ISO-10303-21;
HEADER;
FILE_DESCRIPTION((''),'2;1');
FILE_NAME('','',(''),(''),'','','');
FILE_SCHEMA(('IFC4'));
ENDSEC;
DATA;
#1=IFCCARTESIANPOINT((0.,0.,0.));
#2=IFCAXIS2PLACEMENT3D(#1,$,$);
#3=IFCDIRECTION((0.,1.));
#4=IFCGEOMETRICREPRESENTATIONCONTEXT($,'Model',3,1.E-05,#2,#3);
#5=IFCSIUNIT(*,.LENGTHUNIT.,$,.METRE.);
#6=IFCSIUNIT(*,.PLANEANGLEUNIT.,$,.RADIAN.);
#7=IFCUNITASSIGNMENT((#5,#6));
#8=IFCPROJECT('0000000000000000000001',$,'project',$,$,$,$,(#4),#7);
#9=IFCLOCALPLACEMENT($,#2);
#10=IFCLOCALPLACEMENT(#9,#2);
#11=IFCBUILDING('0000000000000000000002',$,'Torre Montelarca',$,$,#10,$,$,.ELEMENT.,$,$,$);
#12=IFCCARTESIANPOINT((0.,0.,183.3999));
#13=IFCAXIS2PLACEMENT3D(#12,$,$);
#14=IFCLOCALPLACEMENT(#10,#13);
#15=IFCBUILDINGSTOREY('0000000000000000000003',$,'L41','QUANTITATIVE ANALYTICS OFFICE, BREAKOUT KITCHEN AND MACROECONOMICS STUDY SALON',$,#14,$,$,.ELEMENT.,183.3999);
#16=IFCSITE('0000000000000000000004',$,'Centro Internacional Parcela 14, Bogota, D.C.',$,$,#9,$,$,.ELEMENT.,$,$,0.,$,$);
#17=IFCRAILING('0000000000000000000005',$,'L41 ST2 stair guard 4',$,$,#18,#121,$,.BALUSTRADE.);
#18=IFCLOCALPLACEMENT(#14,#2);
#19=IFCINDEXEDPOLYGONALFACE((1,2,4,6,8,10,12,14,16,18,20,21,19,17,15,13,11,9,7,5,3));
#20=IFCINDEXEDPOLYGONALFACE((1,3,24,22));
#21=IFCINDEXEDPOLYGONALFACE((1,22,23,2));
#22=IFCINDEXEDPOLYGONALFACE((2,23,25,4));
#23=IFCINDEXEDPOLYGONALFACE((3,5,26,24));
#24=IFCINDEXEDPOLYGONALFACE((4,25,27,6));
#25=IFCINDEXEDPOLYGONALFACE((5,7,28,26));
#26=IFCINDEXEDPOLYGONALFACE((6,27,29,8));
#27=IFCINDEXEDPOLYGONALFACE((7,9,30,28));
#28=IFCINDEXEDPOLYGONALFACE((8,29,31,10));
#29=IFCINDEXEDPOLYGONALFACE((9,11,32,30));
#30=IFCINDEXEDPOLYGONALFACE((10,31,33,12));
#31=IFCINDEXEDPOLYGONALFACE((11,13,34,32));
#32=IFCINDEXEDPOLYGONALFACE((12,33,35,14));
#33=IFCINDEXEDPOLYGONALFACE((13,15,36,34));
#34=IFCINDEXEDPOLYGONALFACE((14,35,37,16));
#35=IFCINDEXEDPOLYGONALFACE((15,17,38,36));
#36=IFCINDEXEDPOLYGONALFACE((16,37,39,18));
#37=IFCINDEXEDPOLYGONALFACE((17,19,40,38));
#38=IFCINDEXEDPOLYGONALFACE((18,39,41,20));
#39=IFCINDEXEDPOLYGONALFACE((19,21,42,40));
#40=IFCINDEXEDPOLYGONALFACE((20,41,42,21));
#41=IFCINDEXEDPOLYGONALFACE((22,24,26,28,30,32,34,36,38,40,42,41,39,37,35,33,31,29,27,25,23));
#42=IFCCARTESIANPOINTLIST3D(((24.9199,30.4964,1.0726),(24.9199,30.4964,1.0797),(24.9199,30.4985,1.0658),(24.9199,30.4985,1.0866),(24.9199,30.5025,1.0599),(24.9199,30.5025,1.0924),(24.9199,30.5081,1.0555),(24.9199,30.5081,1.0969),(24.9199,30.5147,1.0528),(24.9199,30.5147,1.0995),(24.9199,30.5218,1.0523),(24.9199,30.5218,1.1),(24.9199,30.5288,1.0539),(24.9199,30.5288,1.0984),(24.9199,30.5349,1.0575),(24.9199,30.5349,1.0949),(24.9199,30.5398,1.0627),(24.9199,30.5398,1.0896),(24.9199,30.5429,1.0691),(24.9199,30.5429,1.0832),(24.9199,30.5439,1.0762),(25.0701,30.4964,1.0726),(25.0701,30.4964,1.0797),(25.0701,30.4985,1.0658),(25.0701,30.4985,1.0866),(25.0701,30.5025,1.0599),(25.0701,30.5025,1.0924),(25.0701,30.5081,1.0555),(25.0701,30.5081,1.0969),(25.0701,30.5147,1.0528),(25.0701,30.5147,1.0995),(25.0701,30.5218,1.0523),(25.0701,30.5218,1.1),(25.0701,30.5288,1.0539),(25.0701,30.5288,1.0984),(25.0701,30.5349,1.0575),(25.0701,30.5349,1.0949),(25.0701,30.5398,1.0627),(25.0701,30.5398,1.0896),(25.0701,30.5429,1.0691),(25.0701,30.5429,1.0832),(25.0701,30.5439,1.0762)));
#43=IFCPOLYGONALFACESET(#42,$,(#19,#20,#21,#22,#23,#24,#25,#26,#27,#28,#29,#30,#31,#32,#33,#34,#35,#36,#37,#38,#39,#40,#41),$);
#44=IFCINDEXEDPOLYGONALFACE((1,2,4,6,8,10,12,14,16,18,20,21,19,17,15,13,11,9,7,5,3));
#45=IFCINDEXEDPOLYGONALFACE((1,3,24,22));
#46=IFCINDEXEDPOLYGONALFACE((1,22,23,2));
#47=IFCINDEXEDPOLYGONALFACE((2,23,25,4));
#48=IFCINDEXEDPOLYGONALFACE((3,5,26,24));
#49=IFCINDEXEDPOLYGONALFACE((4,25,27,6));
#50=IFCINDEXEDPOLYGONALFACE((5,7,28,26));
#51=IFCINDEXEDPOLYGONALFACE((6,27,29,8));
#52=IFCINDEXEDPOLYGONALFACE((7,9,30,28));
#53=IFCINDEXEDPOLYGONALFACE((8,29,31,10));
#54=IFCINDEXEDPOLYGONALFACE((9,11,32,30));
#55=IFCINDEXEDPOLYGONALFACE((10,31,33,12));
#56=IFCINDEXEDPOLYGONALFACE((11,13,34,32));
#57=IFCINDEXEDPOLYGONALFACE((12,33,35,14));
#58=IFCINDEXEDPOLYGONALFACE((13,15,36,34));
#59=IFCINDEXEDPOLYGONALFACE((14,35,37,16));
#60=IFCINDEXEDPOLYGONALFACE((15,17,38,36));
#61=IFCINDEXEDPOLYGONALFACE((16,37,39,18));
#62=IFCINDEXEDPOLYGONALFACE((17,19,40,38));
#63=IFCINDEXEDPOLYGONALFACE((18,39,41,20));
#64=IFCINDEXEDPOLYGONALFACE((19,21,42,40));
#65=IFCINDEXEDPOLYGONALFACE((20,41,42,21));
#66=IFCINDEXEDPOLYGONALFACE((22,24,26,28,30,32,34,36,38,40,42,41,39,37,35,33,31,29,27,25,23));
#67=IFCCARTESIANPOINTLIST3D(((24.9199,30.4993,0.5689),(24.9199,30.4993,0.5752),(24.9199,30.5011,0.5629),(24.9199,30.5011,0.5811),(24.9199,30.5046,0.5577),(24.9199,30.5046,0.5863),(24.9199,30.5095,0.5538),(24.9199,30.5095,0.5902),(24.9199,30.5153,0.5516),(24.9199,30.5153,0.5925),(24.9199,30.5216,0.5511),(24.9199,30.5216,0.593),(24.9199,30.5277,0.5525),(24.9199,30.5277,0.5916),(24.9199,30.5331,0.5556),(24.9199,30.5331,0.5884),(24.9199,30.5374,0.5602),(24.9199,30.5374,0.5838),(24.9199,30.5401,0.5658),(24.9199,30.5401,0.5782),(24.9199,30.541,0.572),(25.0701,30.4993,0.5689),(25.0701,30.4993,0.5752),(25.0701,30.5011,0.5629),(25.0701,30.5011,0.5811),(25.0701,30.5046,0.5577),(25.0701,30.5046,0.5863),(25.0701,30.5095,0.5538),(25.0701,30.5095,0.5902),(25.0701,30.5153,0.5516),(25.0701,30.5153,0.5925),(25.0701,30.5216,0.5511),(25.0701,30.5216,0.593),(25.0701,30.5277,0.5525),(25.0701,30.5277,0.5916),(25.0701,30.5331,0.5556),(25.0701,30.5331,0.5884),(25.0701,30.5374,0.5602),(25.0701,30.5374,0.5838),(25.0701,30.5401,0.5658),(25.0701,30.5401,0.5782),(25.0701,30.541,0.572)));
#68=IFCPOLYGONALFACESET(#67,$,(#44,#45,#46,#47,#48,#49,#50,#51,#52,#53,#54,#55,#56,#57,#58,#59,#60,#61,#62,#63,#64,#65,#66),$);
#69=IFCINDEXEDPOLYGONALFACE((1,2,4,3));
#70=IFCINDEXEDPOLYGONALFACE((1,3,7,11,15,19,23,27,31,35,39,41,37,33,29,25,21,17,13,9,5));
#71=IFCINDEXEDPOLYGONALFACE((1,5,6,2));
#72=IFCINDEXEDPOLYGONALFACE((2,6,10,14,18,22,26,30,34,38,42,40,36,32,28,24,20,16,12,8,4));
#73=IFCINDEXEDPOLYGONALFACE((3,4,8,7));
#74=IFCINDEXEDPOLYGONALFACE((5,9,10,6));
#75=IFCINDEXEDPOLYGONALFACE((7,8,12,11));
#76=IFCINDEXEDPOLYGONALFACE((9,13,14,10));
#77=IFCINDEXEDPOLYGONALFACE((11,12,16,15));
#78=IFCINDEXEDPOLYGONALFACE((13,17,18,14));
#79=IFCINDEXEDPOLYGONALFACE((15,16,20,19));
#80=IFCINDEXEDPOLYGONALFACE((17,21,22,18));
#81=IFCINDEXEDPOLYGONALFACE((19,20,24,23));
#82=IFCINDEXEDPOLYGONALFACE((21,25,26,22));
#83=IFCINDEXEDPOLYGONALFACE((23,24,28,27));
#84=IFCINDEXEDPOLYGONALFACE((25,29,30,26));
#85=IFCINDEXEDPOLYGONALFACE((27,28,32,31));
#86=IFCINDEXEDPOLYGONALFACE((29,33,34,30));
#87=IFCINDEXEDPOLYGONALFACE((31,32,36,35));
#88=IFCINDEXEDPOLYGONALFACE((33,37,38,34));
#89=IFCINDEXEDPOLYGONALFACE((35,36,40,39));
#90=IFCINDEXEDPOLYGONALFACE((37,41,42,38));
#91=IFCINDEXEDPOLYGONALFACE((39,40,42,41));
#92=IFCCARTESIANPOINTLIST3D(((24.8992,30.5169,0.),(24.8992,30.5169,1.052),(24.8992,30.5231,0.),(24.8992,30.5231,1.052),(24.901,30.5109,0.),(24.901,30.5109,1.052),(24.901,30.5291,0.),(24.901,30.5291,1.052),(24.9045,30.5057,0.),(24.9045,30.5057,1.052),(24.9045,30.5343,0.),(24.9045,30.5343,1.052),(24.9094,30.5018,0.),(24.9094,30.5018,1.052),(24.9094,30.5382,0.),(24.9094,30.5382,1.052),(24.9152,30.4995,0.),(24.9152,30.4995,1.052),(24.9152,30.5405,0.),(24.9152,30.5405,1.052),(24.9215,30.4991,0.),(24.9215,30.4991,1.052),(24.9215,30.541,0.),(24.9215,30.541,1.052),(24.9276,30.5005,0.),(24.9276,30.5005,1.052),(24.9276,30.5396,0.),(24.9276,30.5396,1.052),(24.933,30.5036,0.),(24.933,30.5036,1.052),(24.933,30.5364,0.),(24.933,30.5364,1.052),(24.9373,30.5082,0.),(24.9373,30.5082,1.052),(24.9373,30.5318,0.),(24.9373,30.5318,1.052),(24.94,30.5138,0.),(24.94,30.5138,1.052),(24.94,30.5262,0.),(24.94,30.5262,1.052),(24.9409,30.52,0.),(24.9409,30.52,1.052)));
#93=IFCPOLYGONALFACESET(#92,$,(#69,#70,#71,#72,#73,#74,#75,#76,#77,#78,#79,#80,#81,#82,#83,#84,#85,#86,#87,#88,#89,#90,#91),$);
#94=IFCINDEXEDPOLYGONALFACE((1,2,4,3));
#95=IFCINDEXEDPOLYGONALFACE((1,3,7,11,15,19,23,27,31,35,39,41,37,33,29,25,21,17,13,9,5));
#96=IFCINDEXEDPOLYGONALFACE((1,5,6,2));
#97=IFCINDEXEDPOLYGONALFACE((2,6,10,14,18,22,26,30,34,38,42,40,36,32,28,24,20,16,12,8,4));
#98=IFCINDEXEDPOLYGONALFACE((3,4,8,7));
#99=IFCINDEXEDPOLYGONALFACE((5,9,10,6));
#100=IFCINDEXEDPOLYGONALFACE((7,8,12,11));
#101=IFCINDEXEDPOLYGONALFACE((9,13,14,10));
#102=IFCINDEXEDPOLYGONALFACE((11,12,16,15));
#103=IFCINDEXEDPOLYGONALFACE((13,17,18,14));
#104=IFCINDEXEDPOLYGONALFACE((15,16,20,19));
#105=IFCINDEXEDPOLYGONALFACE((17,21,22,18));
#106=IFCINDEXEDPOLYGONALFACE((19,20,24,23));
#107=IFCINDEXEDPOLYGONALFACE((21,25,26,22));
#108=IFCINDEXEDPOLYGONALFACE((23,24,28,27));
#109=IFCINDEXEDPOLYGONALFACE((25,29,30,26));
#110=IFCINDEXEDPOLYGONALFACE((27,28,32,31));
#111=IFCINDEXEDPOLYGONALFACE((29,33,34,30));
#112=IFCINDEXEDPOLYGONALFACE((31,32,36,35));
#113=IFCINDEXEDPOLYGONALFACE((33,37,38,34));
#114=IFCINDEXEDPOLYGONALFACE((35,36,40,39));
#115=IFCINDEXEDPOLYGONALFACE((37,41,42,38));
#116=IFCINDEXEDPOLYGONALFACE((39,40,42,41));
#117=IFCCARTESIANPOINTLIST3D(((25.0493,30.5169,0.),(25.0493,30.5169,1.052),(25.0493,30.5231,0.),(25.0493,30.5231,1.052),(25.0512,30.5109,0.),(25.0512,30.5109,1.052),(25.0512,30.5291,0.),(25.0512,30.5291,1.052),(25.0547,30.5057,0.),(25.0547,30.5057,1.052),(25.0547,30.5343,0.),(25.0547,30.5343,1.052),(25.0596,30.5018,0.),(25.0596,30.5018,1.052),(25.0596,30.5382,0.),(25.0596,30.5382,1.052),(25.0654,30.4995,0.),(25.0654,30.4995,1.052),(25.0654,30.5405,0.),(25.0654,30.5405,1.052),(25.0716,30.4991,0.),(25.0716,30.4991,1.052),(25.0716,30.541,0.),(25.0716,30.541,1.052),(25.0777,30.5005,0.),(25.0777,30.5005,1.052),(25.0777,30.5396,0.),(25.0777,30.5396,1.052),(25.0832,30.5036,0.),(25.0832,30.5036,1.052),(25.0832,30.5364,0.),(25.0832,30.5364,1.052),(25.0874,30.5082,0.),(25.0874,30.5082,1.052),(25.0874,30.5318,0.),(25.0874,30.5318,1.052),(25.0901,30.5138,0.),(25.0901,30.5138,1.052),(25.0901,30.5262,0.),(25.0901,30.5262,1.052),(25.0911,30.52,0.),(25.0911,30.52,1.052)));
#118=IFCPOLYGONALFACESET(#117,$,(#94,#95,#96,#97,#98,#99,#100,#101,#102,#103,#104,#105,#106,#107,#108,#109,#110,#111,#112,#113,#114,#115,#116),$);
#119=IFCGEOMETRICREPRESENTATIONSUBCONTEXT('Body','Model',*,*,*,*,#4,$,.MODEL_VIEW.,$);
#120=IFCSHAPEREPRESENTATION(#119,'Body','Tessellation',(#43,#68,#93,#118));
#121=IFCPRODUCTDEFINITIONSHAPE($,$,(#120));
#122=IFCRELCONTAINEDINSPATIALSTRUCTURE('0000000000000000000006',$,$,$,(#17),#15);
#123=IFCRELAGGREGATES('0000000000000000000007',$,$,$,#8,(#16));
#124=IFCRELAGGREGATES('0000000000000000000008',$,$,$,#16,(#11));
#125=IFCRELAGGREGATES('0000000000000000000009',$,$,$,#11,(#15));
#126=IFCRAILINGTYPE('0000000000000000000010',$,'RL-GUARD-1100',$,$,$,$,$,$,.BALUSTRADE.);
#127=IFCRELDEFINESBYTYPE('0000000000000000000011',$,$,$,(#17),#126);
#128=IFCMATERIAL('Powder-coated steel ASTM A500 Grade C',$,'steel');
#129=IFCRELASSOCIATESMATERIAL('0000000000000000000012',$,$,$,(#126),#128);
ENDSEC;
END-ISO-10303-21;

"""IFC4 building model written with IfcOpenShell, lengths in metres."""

from ifc_helpers import new_model, si_unit, direction, frame, origin, origin_2d, place, context, subcontext, project, spatial, circle, extrude, material, type_object, element, save


model = new_model("IFC4")

# Units and contexts
model_context = context("Model", 3, precision=1e-05, world=origin(), true_north=direction((0.0, 1.0)))
body_context = subcontext(model_context, "Body", "Model", "MODEL_VIEW")
ifc_project = project(units=[si_unit("LENGTHUNIT", "METRE"), si_unit("PLANEANGLEUNIT", "RADIAN")], contexts=[model_context])

# Site, building, storey
site_placement = place(None, origin())
site = spatial("IfcSite", under=ifc_project, at=site_placement, Name="Centro Internacional Parcela 14, Bogota, D.C.", CompositionType="ELEMENT", RefElevation=0.0)
building_placement = place(site_placement, origin())
building = spatial("IfcBuilding", under=site, at=building_placement, Name="Torre Montelarca", CompositionType="ELEMENT")
storey_placement = place(building_placement, frame((0.0, 0.0, 183.3999)))
storey = spatial("IfcBuildingStorey", under=building, at=storey_placement, Name="L41", Description="QUANTITATIVE ANALYTICS OFFICE, BREAKOUT KITCHEN AND MACROECONOMICS STUDY SALON", CompositionType="ELEMENT", Elevation=183.3999)

# Railing
ifc_material_1 = material(Name="Powder-coated steel ASTM A500 Grade C", Category="steel")
railing_type_1 = type_object("IfcRailingType", Name="RL-GUARD-1100", PredefinedType="BALUSTRADE", material=ifc_material_1)
railing_1_placement = place(storey_placement, frame((24.9199, 30.52, 0.0)))
element("IfcRailing", 1, at=railing_1_placement, inside=storey, type_object=railing_type_1, Name="L41 ST2 stair guard 4", PredefinedType="BALUSTRADE", context=body_context, shape_type="SweptSolid", body=[
    extrude(circle(Radius=0.0239, at=origin_2d()), frame((0.0, 0.0, 1.0762), z_axis=(1.0, 0.0, 0.0), x_axis=(0.0, 1.0, 0.0)), (0.0, 0.0, 1.0), 0.1501),
    extrude(circle(Radius=0.021, at=origin_2d()), frame((0.0, 0.0, 0.572), z_axis=(1.0, 0.0, 0.0), x_axis=(0.0, 1.0, 0.0)), (0.0, 0.0, 1.0), 0.1501),
    extrude(circle(Radius=0.021, at=origin_2d()), origin(), (0.0, 0.0, 1.0), 1.052),
    extrude(circle(Radius=0.021, at=origin_2d()), frame((0.1501, 0.0, 0.0)), (0.0, 0.0, 1.0), 1.052),
])

save(model, "model.ifc")
